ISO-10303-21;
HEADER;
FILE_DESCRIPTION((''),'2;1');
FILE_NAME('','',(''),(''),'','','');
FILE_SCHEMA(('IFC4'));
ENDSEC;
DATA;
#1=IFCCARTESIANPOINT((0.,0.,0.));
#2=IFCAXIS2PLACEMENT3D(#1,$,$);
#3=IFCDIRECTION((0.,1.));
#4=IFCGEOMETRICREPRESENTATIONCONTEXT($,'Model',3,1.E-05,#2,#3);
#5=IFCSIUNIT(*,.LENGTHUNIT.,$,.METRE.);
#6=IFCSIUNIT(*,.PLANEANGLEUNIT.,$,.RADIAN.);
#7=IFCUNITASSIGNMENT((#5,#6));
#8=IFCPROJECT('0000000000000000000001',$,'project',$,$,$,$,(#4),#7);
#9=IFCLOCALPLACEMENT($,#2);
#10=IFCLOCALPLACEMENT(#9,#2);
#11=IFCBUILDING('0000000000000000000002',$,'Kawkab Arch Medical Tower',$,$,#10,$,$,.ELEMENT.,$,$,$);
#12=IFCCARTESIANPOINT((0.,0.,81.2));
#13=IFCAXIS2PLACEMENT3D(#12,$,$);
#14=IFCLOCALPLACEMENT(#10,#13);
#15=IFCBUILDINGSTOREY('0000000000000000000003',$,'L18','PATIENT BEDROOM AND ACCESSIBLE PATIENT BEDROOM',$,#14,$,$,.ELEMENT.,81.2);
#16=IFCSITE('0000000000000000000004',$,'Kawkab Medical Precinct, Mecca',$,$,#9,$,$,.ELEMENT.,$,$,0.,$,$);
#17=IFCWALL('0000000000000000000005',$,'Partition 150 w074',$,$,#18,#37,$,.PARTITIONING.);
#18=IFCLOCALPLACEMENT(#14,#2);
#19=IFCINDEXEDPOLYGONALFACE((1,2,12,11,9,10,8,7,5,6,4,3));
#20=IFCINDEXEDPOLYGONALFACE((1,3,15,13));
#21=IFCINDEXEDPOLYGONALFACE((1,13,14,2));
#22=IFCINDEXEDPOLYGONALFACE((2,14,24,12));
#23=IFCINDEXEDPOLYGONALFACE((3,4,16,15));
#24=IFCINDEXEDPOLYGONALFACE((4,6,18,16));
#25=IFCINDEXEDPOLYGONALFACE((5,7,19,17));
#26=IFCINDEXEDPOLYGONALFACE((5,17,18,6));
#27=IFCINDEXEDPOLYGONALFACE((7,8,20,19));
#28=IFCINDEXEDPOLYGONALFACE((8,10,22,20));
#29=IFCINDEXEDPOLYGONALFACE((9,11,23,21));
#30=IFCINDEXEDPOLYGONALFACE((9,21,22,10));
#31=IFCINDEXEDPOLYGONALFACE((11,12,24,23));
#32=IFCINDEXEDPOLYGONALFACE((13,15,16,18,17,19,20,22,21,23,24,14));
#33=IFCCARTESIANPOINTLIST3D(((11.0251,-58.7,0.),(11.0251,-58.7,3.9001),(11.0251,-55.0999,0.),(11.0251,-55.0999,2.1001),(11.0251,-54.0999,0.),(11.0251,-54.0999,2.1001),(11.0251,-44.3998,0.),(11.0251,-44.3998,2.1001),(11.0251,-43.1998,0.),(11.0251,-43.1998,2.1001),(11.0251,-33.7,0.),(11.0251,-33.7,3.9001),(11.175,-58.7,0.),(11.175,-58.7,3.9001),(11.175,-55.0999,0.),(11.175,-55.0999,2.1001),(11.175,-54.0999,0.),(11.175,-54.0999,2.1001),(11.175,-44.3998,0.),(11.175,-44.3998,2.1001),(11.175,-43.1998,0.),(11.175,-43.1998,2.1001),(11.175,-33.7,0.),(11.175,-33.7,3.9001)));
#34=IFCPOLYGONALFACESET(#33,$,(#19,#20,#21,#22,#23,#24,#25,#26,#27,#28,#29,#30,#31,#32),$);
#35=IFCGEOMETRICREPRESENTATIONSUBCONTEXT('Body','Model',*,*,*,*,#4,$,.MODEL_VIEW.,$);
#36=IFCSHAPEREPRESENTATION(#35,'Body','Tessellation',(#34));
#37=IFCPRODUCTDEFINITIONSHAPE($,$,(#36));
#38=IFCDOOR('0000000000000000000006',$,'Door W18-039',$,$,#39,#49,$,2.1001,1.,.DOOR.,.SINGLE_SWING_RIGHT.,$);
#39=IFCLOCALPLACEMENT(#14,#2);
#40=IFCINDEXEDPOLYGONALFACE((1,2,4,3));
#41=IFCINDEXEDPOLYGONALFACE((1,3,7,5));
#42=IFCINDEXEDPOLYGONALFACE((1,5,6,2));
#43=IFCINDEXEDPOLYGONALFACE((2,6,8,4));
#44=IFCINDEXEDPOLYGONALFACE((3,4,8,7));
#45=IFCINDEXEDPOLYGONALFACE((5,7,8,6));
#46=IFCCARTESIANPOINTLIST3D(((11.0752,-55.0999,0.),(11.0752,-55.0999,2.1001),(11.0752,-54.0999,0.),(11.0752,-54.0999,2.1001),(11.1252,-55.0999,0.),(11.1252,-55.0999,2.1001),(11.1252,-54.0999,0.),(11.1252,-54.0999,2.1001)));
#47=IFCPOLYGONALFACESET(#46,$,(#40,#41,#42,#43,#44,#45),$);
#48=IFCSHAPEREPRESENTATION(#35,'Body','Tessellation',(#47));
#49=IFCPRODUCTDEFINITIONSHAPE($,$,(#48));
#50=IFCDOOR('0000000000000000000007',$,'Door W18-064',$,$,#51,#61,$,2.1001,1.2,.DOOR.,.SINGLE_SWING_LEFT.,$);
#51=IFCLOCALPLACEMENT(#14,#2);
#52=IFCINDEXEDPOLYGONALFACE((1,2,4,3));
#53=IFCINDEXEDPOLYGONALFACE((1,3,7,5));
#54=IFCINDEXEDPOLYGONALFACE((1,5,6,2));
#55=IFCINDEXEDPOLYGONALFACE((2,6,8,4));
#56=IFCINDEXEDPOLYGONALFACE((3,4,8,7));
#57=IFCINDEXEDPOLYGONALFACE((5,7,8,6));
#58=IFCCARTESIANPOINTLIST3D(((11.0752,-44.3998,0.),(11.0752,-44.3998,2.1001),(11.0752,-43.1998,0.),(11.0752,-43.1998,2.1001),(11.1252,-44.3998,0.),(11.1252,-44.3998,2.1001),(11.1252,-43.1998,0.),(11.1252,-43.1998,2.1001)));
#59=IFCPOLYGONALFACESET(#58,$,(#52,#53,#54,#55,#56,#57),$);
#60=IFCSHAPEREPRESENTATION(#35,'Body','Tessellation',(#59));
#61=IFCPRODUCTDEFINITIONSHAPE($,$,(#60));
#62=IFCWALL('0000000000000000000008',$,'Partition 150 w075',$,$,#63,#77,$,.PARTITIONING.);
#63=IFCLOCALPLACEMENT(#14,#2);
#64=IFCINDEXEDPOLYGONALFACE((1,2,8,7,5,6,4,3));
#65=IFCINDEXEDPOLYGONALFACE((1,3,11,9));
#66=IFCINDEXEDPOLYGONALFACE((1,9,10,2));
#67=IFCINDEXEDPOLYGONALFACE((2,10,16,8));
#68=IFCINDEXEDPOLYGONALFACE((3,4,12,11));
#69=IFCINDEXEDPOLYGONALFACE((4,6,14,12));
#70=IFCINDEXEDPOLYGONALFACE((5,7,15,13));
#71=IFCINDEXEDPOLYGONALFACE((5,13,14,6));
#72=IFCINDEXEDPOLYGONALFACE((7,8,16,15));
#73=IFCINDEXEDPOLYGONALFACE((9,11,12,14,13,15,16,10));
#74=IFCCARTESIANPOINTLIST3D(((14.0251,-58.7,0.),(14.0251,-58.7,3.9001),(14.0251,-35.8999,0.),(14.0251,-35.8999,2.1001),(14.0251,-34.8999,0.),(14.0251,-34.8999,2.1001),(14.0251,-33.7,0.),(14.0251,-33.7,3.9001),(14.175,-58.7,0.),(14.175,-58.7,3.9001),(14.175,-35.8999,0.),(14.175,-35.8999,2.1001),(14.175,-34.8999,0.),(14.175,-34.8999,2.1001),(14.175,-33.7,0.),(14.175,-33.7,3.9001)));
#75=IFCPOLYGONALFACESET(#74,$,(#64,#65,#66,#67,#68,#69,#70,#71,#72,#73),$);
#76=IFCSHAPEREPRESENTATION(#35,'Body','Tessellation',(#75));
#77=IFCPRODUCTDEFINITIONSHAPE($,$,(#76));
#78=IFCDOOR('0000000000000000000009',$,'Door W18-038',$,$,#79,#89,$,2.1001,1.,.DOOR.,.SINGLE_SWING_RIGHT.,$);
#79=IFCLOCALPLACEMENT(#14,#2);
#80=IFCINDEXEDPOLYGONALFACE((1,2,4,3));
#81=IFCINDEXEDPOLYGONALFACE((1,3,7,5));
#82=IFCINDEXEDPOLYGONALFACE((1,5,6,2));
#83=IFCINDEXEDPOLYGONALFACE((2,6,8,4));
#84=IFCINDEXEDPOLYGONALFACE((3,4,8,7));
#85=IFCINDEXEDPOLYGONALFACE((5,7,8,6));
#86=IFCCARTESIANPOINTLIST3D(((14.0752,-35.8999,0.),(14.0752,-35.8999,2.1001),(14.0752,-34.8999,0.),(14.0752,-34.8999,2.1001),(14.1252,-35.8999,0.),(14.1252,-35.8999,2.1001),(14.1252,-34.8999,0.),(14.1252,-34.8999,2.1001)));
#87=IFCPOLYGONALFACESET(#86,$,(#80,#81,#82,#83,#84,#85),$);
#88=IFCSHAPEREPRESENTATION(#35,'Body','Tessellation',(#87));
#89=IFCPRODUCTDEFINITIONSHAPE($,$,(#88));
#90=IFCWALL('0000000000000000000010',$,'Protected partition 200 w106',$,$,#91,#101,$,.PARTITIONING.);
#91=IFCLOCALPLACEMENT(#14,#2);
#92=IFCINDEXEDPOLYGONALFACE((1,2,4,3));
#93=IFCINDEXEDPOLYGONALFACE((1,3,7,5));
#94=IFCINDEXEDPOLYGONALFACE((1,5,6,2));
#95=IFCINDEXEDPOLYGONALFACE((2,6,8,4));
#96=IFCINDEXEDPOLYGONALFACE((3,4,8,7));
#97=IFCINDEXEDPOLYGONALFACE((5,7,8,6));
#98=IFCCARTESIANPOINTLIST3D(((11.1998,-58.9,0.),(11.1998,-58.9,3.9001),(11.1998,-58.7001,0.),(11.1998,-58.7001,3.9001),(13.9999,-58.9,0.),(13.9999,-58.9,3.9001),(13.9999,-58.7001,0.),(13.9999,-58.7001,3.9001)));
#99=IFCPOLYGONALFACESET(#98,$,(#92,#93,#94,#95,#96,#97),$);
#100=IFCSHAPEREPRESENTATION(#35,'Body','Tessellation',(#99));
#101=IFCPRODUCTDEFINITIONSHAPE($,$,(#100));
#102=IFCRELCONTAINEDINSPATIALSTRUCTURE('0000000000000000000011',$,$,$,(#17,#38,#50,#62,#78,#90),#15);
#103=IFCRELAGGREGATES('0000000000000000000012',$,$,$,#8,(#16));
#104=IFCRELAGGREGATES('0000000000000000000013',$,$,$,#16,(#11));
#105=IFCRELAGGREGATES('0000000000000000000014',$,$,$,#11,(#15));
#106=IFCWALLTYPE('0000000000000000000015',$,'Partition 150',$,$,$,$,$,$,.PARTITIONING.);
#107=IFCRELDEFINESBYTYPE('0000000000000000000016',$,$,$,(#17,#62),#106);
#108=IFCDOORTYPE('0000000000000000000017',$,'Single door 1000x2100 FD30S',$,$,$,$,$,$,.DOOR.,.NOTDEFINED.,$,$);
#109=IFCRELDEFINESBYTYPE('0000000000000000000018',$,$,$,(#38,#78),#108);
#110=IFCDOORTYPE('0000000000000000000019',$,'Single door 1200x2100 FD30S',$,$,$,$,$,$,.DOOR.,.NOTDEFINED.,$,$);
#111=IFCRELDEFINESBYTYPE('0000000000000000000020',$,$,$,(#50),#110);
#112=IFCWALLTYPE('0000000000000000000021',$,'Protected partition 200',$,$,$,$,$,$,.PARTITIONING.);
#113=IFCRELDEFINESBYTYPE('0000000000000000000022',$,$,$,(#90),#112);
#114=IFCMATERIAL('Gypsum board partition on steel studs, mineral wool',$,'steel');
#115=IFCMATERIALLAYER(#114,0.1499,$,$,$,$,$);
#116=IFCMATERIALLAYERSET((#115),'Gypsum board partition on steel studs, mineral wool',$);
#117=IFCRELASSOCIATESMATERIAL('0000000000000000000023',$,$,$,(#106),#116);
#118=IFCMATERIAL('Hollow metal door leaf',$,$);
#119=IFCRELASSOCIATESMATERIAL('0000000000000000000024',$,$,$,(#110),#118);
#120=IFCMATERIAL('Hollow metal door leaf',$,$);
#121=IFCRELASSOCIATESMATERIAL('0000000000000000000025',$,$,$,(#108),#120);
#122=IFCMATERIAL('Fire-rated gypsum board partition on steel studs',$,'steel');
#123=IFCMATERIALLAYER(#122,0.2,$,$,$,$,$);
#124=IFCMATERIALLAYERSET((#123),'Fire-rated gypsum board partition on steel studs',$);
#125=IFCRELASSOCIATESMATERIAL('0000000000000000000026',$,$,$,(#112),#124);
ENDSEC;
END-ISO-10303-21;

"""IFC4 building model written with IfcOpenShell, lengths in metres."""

from ifc_helpers import new_model, si_unit, direction, frame, frame_2d, origin, place, context, subcontext, project, spatial, rectangle, extrude, material, layer, layer_set, type_object, element, fill, save


model = new_model("IFC4")

# Units and contexts
model_context = context("Model", 3, precision=1e-05, world=origin(), true_north=direction((0.0, 1.0)))
body_context = subcontext(model_context, "Body", "Model", "MODEL_VIEW")
ifc_project = project(units=[si_unit("LENGTHUNIT", "METRE"), si_unit("PLANEANGLEUNIT", "RADIAN")], contexts=[model_context])

# Site, building, storey
site_placement = place(None, origin())
site = spatial("IfcSite", under=ifc_project, at=site_placement, Name="Kawkab Medical Precinct, Mecca", CompositionType="ELEMENT", RefElevation=0.0)
building_placement = place(site_placement, origin())
building = spatial("IfcBuilding", under=site, at=building_placement, Name="Kawkab Arch Medical Tower", CompositionType="ELEMENT")
storey_placement = place(building_placement, frame((0.0, 0.0, 81.2)))
storey = spatial("IfcBuildingStorey", under=building, at=storey_placement, Name="L18", Description="PATIENT BEDROOM AND ACCESSIBLE PATIENT BEDROOM", CompositionType="ELEMENT", Elevation=81.2)

# Shared definitions
ifc_material_1 = material(Name="Gypsum board partition on steel studs, mineral wool", Category="steel")
ifc_layer_1 = layer(ifc_material_1, 0.1499)
ifc_layer_set_1 = layer_set([ifc_layer_1], Name="Gypsum board partition on steel studs, mineral wool")
wall_type_1 = type_object("IfcWallType", Name="Partition 150", PredefinedType="PARTITIONING", material=ifc_layer_set_1)

# Wall, openings, doors
ifc_material_2 = material(Name="Hollow metal door leaf")
door_type_1 = type_object("IfcDoorType", Name="Single door 1200x2100 FD30S", OperationType="NOTDEFINED", PredefinedType="DOOR", material=ifc_material_2)
wall_1_placement = place(storey_placement, frame((11.1001, -58.7, 0.0), z_axis=(0.0, 0.0, 1.0), x_axis=(0.0, 1.0, 0.0)))
wall_1 = element("IfcWall", 1, at=wall_1_placement, inside=storey, type_object=wall_type_1, Name="Partition 150 w074", PredefinedType="PARTITIONING", context=body_context, shape_type="SweptSolid", body=[
    extrude(rectangle(XDim=25.0, YDim=0.1499, at=frame_2d((12.5, 0.0))), origin(), (0.0, 0.0, 1.0), 3.9001),
])
opening_1_placement = place(wall_1_placement, frame((14.3, 0.0, 0.0)))
opening_1 = element("IfcOpeningElement", 2, at=opening_1_placement, cuts=wall_1, PredefinedType="OPENING", context=body_context, shape_type="SweptSolid", body=[
    extrude(rectangle(XDim=1.2, YDim=2.1001, at=frame_2d((0.6001, 1.05))), frame((0.0, 0.085, 0.0), z_axis=(0.0, -1.0, 0.0), x_axis=(1.0, 0.0, 0.0)), (0.0, 0.0, 1.0), 0.1699),
])
opening_2_placement = place(wall_1_placement, frame((3.6001, 0.0, 0.0)))
opening_2 = element("IfcOpeningElement", 3, at=opening_2_placement, cuts=wall_1, PredefinedType="OPENING", context=body_context, shape_type="SweptSolid", body=[
    extrude(rectangle(XDim=1.0, YDim=2.1001, at=frame_2d((0.5, 1.05))), frame((0.0, 0.085, 0.0), z_axis=(0.0, -1.0, 0.0), x_axis=(1.0, 0.0, 0.0)), (0.0, 0.0, 1.0), 0.1699),
])
ifc_material_3 = material(Name="Hollow metal door leaf")
door_type_2 = type_object("IfcDoorType", Name="Single door 1000x2100 FD30S", OperationType="NOTDEFINED", PredefinedType="DOOR", material=ifc_material_3)
door_1_placement = place(opening_2_placement, origin())
door_1 = element("IfcDoor", 4, at=door_1_placement, inside=storey, type_object=door_type_2, Name="Door W18-039", OperationType="SINGLE_SWING_RIGHT", OverallHeight=2.1001, OverallWidth=1.0, PredefinedType="DOOR", context=body_context, shape_type="SweptSolid", body=[
    extrude(rectangle(XDim=1.0, YDim=2.1001, at=frame_2d((0.5, 1.05))), frame((0.0, 0.0249, 0.0), z_axis=(0.0, -1.0, 0.0), x_axis=(1.0, 0.0, 0.0)), (0.0, 0.0, 1.0), 0.05),
])
fill(opening_2, door_1)
door_2_placement = place(opening_1_placement, origin())
door_2 = element("IfcDoor", 5, at=door_2_placement, inside=storey, type_object=door_type_1, Name="Door W18-064", OperationType="SINGLE_SWING_LEFT", OverallHeight=2.1001, OverallWidth=1.2, PredefinedType="DOOR", context=body_context, shape_type="SweptSolid", body=[
    extrude(rectangle(XDim=1.2, YDim=2.1001, at=frame_2d((0.6001, 1.05))), frame((0.0, 0.0249, 0.0), z_axis=(0.0, -1.0, 0.0), x_axis=(1.0, 0.0, 0.0)), (0.0, 0.0, 1.0), 0.05),
])
fill(opening_1, door_2)

# Wall, opening, door
wall_2_placement = place(storey_placement, frame((14.1001, -58.7, 0.0), z_axis=(0.0, 0.0, 1.0), x_axis=(0.0, 1.0, 0.0)))
wall_2 = element("IfcWall", 6, at=wall_2_placement, inside=storey, type_object=wall_type_1, Name="Partition 150 w075", PredefinedType="PARTITIONING", context=body_context, shape_type="SweptSolid", body=[
    extrude(rectangle(XDim=25.0, YDim=0.1499, at=frame_2d((12.5, 0.0))), origin(), (0.0, 0.0, 1.0), 3.9001),
])
opening_3_placement = place(wall_2_placement, frame((22.8, 0.0, 0.0)))
opening_3 = element("IfcOpeningElement", 7, at=opening_3_placement, cuts=wall_2, PredefinedType="OPENING", context=body_context, shape_type="SweptSolid", body=[
    extrude(rectangle(XDim=1.0, YDim=2.1001, at=frame_2d((0.5, 1.05))), frame((0.0, 0.085, 0.0), z_axis=(0.0, -1.0, 0.0), x_axis=(1.0, 0.0, 0.0)), (0.0, 0.0, 1.0), 0.1699),
])
door_3_placement = place(opening_3_placement, origin())
door_3 = element("IfcDoor", 8, at=door_3_placement, inside=storey, type_object=door_type_2, Name="Door W18-038", OperationType="SINGLE_SWING_RIGHT", OverallHeight=2.1001, OverallWidth=1.0, PredefinedType="DOOR", context=body_context, shape_type="SweptSolid", body=[
    extrude(rectangle(XDim=1.0, YDim=2.1001, at=frame_2d((0.5, 1.05))), frame((0.0, 0.0249, 0.0), z_axis=(0.0, -1.0, 0.0), x_axis=(1.0, 0.0, 0.0)), (0.0, 0.0, 1.0), 0.05),
])
fill(opening_3, door_3)

# Wall
ifc_material_4 = material(Name="Fire-rated gypsum board partition on steel studs", Category="steel")
ifc_layer_2 = layer(ifc_material_4, 0.2)
ifc_layer_set_2 = layer_set([ifc_layer_2], Name="Fire-rated gypsum board partition on steel studs")
wall_type_2 = type_object("IfcWallType", Name="Protected partition 200", PredefinedType="PARTITIONING", material=ifc_layer_set_2)
wall_3_placement = place(storey_placement, frame((11.2, -58.8, 0.0), z_axis=(0.0, 0.0, 1.0), x_axis=(1.0, 0.0, 0.0)))
element("IfcWall", 9, at=wall_3_placement, inside=storey, type_object=wall_type_2, Name="Protected partition 200 w106", PredefinedType="PARTITIONING", context=body_context, shape_type="SweptSolid", body=[
    extrude(rectangle(XDim=2.8, YDim=0.2, at=frame_2d((1.3999, 0.0))), origin(), (0.0, 0.0, 1.0), 3.9001),
])

save(model, "model.ifc")
